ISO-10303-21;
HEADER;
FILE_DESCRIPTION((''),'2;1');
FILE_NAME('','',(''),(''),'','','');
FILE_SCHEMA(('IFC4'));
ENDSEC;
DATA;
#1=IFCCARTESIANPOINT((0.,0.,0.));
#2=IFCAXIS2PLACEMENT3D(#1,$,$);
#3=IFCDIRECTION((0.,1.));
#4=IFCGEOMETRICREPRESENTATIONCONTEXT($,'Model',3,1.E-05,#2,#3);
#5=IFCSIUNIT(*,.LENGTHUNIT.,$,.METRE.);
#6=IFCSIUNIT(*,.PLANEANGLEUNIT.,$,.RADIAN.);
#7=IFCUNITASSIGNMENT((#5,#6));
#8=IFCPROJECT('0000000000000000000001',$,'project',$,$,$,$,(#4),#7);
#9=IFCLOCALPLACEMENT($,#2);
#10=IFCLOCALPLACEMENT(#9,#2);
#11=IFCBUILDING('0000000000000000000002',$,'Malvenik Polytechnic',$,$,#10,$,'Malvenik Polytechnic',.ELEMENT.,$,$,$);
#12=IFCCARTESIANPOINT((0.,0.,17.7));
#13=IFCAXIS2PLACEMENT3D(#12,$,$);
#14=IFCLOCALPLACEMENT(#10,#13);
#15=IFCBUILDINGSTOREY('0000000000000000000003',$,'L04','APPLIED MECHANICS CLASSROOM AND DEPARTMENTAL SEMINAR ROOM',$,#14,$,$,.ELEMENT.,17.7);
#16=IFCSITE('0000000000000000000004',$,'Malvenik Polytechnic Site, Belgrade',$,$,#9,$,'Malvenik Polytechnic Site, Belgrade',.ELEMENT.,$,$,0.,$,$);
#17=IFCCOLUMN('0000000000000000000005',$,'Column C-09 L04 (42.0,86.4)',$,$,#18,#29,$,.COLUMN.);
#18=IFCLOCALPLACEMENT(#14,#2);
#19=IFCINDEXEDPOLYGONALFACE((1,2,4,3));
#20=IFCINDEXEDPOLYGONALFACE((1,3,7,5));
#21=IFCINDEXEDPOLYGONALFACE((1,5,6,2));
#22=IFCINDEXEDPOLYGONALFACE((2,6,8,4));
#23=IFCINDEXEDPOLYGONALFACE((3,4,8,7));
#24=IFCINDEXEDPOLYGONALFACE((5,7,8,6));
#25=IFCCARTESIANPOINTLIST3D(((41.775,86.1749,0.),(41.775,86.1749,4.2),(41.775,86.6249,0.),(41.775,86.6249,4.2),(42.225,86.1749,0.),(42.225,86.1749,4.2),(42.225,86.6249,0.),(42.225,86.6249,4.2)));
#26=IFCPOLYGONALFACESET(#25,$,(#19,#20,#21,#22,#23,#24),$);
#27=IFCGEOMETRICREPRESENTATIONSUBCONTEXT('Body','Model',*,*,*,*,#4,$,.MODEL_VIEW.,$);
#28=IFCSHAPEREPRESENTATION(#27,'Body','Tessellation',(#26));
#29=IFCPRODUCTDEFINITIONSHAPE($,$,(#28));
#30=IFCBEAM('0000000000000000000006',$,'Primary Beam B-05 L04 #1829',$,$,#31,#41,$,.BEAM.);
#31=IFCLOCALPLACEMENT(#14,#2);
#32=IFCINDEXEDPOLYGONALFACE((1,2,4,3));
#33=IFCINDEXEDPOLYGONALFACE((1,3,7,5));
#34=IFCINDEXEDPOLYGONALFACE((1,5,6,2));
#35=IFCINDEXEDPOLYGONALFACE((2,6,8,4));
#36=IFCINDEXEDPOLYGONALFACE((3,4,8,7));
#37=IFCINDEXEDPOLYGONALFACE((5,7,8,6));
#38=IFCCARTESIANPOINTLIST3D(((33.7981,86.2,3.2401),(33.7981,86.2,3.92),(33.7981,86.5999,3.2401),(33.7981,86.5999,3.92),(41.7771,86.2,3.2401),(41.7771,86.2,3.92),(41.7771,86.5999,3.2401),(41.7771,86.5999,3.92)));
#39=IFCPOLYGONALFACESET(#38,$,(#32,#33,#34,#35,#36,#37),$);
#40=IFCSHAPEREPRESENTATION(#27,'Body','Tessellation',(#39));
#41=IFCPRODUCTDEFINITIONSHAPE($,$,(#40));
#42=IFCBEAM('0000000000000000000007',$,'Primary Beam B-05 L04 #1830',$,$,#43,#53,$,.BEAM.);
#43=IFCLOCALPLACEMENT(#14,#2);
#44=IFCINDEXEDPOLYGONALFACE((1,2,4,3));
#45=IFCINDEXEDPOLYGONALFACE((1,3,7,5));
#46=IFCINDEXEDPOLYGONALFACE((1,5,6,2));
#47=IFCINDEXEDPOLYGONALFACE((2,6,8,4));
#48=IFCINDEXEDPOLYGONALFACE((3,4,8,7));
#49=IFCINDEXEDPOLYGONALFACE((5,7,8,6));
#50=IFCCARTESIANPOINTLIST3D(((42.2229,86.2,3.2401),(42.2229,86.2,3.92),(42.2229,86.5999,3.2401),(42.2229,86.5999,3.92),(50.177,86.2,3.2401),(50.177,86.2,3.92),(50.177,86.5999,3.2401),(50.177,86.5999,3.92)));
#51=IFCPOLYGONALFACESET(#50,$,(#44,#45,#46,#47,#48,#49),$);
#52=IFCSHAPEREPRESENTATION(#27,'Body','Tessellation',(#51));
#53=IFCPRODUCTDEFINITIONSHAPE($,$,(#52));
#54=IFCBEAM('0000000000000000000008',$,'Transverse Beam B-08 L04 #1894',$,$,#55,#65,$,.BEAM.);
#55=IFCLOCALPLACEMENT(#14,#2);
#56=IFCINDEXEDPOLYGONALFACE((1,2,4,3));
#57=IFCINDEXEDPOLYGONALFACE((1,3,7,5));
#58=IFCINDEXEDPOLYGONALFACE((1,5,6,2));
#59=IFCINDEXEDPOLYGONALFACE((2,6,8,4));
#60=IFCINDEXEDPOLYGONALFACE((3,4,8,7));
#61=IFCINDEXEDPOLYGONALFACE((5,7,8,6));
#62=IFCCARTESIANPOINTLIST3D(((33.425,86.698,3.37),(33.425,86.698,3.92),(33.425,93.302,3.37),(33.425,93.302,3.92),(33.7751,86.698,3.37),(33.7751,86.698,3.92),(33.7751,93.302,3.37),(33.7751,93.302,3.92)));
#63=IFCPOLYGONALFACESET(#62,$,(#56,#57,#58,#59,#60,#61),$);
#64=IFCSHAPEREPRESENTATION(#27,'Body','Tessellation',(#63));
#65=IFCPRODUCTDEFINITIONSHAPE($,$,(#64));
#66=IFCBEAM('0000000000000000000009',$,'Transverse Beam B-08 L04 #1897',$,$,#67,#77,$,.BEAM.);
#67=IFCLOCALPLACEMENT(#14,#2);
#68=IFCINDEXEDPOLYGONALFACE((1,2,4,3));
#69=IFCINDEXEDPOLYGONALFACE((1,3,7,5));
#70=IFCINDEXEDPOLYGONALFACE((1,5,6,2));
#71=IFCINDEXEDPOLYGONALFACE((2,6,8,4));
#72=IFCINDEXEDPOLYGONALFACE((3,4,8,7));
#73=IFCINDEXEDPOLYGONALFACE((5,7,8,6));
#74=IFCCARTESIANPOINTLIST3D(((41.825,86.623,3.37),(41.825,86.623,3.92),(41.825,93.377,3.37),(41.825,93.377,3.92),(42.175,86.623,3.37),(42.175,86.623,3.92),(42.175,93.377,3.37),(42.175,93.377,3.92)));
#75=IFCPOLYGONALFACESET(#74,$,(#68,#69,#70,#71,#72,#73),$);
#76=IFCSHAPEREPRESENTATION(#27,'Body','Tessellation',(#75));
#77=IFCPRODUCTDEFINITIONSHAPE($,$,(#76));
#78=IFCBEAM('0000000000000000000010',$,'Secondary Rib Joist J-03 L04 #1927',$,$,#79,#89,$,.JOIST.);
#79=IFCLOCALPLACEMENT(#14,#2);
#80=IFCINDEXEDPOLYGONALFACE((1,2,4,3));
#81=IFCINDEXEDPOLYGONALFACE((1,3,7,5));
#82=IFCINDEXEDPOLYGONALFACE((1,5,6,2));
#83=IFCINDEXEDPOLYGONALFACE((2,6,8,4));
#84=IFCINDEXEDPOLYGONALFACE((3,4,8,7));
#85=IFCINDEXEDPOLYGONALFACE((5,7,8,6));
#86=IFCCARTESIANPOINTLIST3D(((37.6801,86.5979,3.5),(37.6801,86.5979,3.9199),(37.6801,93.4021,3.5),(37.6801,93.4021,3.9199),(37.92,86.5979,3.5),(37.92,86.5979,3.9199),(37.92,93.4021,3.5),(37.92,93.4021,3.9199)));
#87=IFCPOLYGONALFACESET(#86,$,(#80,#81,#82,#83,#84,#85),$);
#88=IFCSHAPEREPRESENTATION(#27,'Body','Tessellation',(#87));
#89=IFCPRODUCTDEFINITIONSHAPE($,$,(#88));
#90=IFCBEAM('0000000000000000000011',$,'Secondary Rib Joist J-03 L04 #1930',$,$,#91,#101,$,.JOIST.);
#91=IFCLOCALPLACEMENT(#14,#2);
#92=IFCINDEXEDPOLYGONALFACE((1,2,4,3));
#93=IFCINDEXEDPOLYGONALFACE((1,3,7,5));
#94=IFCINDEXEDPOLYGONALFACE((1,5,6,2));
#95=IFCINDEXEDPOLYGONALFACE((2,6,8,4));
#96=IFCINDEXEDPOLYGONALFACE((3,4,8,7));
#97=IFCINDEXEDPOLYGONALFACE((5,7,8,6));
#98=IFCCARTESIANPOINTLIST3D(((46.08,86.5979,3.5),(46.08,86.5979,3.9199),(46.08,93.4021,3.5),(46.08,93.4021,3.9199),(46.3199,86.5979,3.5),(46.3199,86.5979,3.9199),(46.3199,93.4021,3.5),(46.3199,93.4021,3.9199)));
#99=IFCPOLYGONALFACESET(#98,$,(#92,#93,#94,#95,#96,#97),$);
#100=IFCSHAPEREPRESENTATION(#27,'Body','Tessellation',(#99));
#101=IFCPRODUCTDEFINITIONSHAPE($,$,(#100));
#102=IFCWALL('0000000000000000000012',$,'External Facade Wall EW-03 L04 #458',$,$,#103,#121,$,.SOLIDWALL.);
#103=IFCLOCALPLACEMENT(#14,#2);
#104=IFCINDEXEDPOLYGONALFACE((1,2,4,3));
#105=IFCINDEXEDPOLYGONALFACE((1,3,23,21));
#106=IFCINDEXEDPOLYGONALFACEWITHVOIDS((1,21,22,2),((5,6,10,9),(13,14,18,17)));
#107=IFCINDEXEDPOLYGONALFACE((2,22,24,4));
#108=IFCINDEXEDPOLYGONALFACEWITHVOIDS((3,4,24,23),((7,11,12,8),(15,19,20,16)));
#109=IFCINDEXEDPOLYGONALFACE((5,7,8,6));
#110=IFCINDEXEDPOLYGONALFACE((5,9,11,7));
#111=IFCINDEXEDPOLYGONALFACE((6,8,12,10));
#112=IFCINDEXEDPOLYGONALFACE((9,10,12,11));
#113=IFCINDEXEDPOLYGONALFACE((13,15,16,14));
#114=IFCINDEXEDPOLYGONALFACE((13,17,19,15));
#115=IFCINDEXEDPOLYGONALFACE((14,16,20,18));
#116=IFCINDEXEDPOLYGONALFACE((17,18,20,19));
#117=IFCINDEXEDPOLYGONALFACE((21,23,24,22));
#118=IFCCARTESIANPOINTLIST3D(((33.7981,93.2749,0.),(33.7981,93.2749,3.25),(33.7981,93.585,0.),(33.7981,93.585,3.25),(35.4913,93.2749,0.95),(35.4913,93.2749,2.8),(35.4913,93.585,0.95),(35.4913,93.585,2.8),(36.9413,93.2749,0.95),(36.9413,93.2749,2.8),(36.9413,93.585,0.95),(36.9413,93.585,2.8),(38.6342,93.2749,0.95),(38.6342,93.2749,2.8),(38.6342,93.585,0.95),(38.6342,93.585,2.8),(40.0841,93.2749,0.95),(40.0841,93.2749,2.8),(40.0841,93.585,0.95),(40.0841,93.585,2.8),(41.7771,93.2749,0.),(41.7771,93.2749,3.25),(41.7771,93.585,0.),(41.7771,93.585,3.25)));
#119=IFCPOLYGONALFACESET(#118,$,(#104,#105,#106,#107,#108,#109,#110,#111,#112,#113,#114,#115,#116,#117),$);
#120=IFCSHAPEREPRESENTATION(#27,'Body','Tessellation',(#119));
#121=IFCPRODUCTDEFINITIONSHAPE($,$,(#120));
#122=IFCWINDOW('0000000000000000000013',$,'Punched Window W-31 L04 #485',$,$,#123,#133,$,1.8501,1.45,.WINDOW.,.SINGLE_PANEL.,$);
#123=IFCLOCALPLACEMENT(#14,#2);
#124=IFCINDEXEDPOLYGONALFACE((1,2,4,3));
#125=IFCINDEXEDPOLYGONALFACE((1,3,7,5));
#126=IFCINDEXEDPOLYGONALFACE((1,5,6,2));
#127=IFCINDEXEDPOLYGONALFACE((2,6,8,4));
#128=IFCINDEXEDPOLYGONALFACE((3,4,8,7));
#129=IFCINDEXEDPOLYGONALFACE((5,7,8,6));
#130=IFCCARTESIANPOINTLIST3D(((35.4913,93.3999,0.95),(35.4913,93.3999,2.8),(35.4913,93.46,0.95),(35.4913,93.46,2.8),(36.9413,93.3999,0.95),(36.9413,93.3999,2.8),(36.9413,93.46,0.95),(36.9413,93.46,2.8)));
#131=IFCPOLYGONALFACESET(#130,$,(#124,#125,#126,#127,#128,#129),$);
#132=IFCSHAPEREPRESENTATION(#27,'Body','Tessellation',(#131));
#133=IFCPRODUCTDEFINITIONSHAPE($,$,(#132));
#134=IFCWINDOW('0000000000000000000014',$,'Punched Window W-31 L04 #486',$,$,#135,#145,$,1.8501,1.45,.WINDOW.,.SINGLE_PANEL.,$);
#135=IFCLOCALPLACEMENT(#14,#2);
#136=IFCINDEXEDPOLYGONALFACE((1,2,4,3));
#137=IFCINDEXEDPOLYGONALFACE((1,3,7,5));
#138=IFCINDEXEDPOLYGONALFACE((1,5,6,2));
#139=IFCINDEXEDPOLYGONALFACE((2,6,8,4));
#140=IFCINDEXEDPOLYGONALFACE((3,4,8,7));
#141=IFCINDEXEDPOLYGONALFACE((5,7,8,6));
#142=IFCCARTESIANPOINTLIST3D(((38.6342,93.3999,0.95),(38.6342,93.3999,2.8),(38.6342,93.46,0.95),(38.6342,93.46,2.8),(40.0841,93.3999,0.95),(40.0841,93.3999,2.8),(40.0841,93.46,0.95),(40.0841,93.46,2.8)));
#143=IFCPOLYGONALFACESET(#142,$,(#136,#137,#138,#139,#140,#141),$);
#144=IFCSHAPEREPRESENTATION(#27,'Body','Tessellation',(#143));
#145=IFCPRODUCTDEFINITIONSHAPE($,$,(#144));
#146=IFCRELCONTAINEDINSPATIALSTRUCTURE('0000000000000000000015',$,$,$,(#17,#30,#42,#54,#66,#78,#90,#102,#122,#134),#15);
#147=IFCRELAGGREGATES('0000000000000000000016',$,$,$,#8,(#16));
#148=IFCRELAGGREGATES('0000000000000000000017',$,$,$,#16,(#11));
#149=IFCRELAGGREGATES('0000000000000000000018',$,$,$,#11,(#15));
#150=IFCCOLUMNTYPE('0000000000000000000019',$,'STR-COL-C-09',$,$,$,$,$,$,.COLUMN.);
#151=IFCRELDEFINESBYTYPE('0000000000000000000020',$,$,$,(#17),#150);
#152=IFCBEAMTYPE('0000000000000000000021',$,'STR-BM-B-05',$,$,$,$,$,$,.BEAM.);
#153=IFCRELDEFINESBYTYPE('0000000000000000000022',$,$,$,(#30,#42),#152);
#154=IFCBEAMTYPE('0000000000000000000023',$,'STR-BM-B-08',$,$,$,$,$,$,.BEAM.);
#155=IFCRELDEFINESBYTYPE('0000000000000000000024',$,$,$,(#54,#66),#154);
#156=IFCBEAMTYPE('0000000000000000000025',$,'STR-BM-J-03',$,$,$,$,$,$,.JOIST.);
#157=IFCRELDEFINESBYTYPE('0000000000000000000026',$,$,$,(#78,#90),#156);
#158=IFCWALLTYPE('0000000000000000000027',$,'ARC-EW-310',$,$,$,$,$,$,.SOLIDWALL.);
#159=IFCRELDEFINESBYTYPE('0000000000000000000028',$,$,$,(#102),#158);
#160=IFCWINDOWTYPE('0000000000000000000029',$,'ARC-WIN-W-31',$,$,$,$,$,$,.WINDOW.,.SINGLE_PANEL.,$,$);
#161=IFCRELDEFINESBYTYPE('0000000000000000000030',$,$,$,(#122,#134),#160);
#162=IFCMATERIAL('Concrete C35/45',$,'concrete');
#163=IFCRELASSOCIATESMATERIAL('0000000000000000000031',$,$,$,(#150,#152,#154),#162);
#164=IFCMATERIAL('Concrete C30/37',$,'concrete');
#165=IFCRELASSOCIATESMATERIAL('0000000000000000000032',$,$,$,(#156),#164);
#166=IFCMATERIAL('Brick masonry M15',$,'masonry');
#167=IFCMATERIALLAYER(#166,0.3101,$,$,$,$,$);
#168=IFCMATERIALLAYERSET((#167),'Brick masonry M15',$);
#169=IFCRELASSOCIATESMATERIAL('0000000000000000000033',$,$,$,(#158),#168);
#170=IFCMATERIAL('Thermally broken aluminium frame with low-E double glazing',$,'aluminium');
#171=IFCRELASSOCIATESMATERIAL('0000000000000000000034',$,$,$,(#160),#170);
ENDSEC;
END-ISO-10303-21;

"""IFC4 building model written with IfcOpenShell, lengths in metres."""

from ifc_helpers import new_model, si_unit, direction, frame, frame_2d, origin, origin_2d, place, context, subcontext, project, spatial, rectangle, extrude, material, layer, layer_set, material_profile, profile_set, type_object, element, fill, save


model = new_model("IFC4")

# Units and contexts
model_context = context("Model", 3, precision=1e-05, world=origin(), true_north=direction((0.0, 1.0)))
body_context = subcontext(model_context, "Body", "Model", "MODEL_VIEW")
ifc_project = project(units=[si_unit("LENGTHUNIT", "METRE"), si_unit("PLANEANGLEUNIT", "RADIAN")], contexts=[model_context])

# Site, building, storey
site_placement = place(None, origin())
site = spatial("IfcSite", under=ifc_project, at=site_placement, Name="Malvenik Polytechnic Site, Belgrade", LongName="Malvenik Polytechnic Site, Belgrade", CompositionType="ELEMENT", RefElevation=0.0)
building_placement = place(site_placement, origin())
building = spatial("IfcBuilding", under=site, at=building_placement, Name="Malvenik Polytechnic", LongName="Malvenik Polytechnic", CompositionType="ELEMENT")
storey_placement = place(building_placement, frame((0.0, 0.0, 17.7)))
storey = spatial("IfcBuildingStorey", under=building, at=storey_placement, Name="L04", Description="APPLIED MECHANICS CLASSROOM AND DEPARTMENTAL SEMINAR ROOM", CompositionType="ELEMENT", Elevation=17.7)

# Column
ifc_material_1 = material(Name="Concrete C35/45", Category="concrete")
ifc_material_profile_1 = material_profile(ifc_material_1, rectangle(XDim=0.45, YDim=0.45, at=origin_2d()), Name="RC COL 450x450")
ifc_profile_set_1 = profile_set([ifc_material_profile_1], Name="Concrete C35/45")
column_type = type_object("IfcColumnType", Name="STR-COL-C-09", PredefinedType="COLUMN", material=ifc_profile_set_1)
column_placement = place(storey_placement, frame((42.0, 86.3999, 0.0), z_axis=(0.0, 0.0, 1.0), x_axis=(1.0, 0.0, 0.0)))
element("IfcColumn", 1, at=column_placement, inside=storey, type_object=column_type, Name="Column C-09 L04 (42.0,86.4)", PredefinedType="COLUMN", context=body_context, shape_type="SweptSolid", body=[
    extrude(rectangle(XDim=0.45, YDim=0.45, at=origin_2d()), origin(), (0.0, 0.0, 1.0), 4.2),
])

# Beams
ifc_material_profile_2 = material_profile(ifc_material_1, rectangle(XDim=0.3999, YDim=0.6799, at=origin_2d()), Name="RC BM 400x680")
ifc_profile_set_2 = profile_set([ifc_material_profile_2], Name="Concrete C35/45")
beam_type_1 = type_object("IfcBeamType", Name="STR-BM-B-05", PredefinedType="BEAM", material=ifc_profile_set_2)
beam_1_placement = place(storey_placement, frame((33.7981, 86.3999, 3.5801), z_axis=(1.0, 0.0, 0.0), x_axis=(0.0, 1.0, 0.0)))
element("IfcBeam", 2, at=beam_1_placement, inside=storey, type_object=beam_type_1, Name="Primary Beam B-05 L04 #1829", PredefinedType="BEAM", context=body_context, shape_type="SweptSolid", body=[
    extrude(rectangle(XDim=0.3999, YDim=0.6799, at=origin_2d()), origin(), (0.0, 0.0, 1.0), 7.979),
])
beam_2_placement = place(storey_placement, frame((42.2229, 86.3999, 3.5801), z_axis=(1.0, 0.0, 0.0), x_axis=(0.0, 1.0, 0.0)))
element("IfcBeam", 3, at=beam_2_placement, inside=storey, type_object=beam_type_1, Name="Primary Beam B-05 L04 #1830", PredefinedType="BEAM", context=body_context, shape_type="SweptSolid", body=[
    extrude(rectangle(XDim=0.3999, YDim=0.6799, at=origin_2d()), origin(), (0.0, 0.0, 1.0), 7.9541),
])
ifc_material_profile_3 = material_profile(ifc_material_1, rectangle(XDim=0.3501, YDim=0.55, at=origin_2d()), Name="RC BM 350x550")
ifc_profile_set_3 = profile_set([ifc_material_profile_3], Name="Concrete C35/45")
beam_type_2 = type_object("IfcBeamType", Name="STR-BM-B-08", PredefinedType="BEAM", material=ifc_profile_set_3)
beam_3_placement = place(storey_placement, frame((33.6001, 86.698, 3.645), z_axis=(0.0, 1.0, 0.0), x_axis=(-1.0, 0.0, 0.0)))
element("IfcBeam", 4, at=beam_3_placement, inside=storey, type_object=beam_type_2, Name="Transverse Beam B-08 L04 #1894", PredefinedType="BEAM", context=body_context, shape_type="SweptSolid", body=[
    extrude(rectangle(XDim=0.3501, YDim=0.55, at=origin_2d()), origin(), (0.0, 0.0, 1.0), 6.604),
])
beam_4_placement = place(storey_placement, frame((42.0, 86.623, 3.645), z_axis=(0.0, 1.0, 0.0), x_axis=(-1.0, 0.0, 0.0)))
element("IfcBeam", 5, at=beam_4_placement, inside=storey, type_object=beam_type_2, Name="Transverse Beam B-08 L04 #1897", PredefinedType="BEAM", context=body_context, shape_type="SweptSolid", body=[
    extrude(rectangle(XDim=0.3501, YDim=0.55, at=origin_2d()), origin(), (0.0, 0.0, 1.0), 6.7539),
])
ifc_material_2 = material(Name="Concrete C30/37", Category="concrete")
ifc_material_profile_4 = material_profile(ifc_material_2, rectangle(XDim=0.24, YDim=0.4199, at=origin_2d()), Name="RC JST 240x420")
ifc_profile_set_4 = profile_set([ifc_material_profile_4], Name="Concrete C30/37")
beam_type_3 = type_object("IfcBeamType", Name="STR-BM-J-03", PredefinedType="JOIST", material=ifc_profile_set_4)
for number, where, z_axis, x_axis, name in (
    (6, (37.8, 86.5979, 3.71), (0.0, 1.0, 0.0), (-1.0, 0.0, 0.0), "Secondary Rib Joist J-03 L04 #1927"),
    (7, (46.2, 86.5979, 3.71), (0.0, 1.0, 0.0), (-1.0, 0.0, 0.0), "Secondary Rib Joist J-03 L04 #1930"),
):
    element("IfcBeam", number, at=place(storey_placement, frame(where, z_axis=z_axis, x_axis=x_axis)), inside=storey, type_object=beam_type_3, Name=name, PredefinedType="JOIST", context=body_context, shape_type="SweptSolid", body=[
        extrude(rectangle(XDim=0.24, YDim=0.4199, at=origin_2d()), origin(), (0.0, 0.0, 1.0), 6.8042),
    ])

# Wall, openings, windows
ifc_material_3 = material(Name="Brick masonry M15", Category="masonry")
ifc_layer_1 = layer(ifc_material_3, 0.3101)
ifc_layer_set_1 = layer_set([ifc_layer_1], Name="Brick masonry M15")
wall_type_1 = type_object("IfcWallType", Name="ARC-EW-310", PredefinedType="SOLIDWALL", material=ifc_layer_set_1)
wall_1_placement = place(storey_placement, frame((33.7981, 93.4299, 0.0), z_axis=(0.0, 0.0, 1.0), x_axis=(1.0, 0.0, 0.0)))
wall_1 = element("IfcWall", 8, at=wall_1_placement, inside=storey, type_object=wall_type_1, Name="External Facade Wall EW-03 L04 #458", PredefinedType="SOLIDWALL", context=body_context, shape_type="SweptSolid", body=[
    extrude(rectangle(XDim=7.979, YDim=0.3101, at=frame_2d((3.9895, 0.0))), origin(), (0.0, 0.0, 1.0), 3.25),
])
opening_1_placement = place(wall_1_placement, frame((1.6931, 0.0, 0.95)))
opening_1 = element("IfcOpeningElement", 9, at=opening_1_placement, cuts=wall_1, PredefinedType="OPENING", context=body_context, shape_type="SweptSolid", body=[
    extrude(rectangle(XDim=1.45, YDim=1.8501, at=frame_2d((0.7251, 0.925))), frame((0.0, 0.165, 0.0), z_axis=(0.0, -1.0, 0.0), x_axis=(1.0, 0.0, 0.0)), (0.0, 0.0, 1.0), 0.3301),
])
opening_2_placement = place(wall_1_placement, frame((4.8359, 0.0, 0.95)))
opening_2 = element("IfcOpeningElement", 10, at=opening_2_placement, cuts=wall_1, PredefinedType="OPENING", context=body_context, shape_type="SweptSolid", body=[
    extrude(rectangle(XDim=1.45, YDim=1.8501, at=frame_2d((0.7251, 0.925))), frame((0.0, 0.165, 0.0), z_axis=(0.0, -1.0, 0.0), x_axis=(1.0, 0.0, 0.0)), (0.0, 0.0, 1.0), 0.3301),
])
ifc_material_4 = material(Name="Thermally broken aluminium frame with low-E double glazing", Category="aluminium")
window_type_1 = type_object("IfcWindowType", Name="ARC-WIN-W-31", PartitioningType="SINGLE_PANEL", PredefinedType="WINDOW", material=ifc_material_4)
window_1_placement = place(opening_1_placement, origin())
window_1 = element("IfcWindow", 11, at=window_1_placement, inside=storey, type_object=window_type_1, Name="Punched Window W-31 L04 #485", OverallHeight=1.8501, OverallWidth=1.45, PartitioningType="SINGLE_PANEL", PredefinedType="WINDOW", context=body_context, shape_type="SweptSolid", body=[
    extrude(rectangle(XDim=1.45, YDim=1.8501, at=frame_2d((0.7251, 0.925))), frame((0.0, 0.03, 0.0), z_axis=(0.0, -1.0, 0.0), x_axis=(1.0, 0.0, 0.0)), (0.0, 0.0, 1.0), 0.0601),
])
fill(opening_1, window_1)
window_2_placement = place(opening_2_placement, origin())
window_2 = element("IfcWindow", 12, at=window_2_placement, inside=storey, type_object=window_type_1, Name="Punched Window W-31 L04 #486", OverallHeight=1.8501, OverallWidth=1.45, PartitioningType="SINGLE_PANEL", PredefinedType="WINDOW", context=body_context, shape_type="SweptSolid", body=[
    extrude(rectangle(XDim=1.45, YDim=1.8501, at=frame_2d((0.7251, 0.925))), frame((0.0, 0.03, 0.0), z_axis=(0.0, -1.0, 0.0), x_axis=(1.0, 0.0, 0.0)), (0.0, 0.0, 1.0), 0.0601),
])
fill(opening_2, window_2)

save(model, "model.ifc")
